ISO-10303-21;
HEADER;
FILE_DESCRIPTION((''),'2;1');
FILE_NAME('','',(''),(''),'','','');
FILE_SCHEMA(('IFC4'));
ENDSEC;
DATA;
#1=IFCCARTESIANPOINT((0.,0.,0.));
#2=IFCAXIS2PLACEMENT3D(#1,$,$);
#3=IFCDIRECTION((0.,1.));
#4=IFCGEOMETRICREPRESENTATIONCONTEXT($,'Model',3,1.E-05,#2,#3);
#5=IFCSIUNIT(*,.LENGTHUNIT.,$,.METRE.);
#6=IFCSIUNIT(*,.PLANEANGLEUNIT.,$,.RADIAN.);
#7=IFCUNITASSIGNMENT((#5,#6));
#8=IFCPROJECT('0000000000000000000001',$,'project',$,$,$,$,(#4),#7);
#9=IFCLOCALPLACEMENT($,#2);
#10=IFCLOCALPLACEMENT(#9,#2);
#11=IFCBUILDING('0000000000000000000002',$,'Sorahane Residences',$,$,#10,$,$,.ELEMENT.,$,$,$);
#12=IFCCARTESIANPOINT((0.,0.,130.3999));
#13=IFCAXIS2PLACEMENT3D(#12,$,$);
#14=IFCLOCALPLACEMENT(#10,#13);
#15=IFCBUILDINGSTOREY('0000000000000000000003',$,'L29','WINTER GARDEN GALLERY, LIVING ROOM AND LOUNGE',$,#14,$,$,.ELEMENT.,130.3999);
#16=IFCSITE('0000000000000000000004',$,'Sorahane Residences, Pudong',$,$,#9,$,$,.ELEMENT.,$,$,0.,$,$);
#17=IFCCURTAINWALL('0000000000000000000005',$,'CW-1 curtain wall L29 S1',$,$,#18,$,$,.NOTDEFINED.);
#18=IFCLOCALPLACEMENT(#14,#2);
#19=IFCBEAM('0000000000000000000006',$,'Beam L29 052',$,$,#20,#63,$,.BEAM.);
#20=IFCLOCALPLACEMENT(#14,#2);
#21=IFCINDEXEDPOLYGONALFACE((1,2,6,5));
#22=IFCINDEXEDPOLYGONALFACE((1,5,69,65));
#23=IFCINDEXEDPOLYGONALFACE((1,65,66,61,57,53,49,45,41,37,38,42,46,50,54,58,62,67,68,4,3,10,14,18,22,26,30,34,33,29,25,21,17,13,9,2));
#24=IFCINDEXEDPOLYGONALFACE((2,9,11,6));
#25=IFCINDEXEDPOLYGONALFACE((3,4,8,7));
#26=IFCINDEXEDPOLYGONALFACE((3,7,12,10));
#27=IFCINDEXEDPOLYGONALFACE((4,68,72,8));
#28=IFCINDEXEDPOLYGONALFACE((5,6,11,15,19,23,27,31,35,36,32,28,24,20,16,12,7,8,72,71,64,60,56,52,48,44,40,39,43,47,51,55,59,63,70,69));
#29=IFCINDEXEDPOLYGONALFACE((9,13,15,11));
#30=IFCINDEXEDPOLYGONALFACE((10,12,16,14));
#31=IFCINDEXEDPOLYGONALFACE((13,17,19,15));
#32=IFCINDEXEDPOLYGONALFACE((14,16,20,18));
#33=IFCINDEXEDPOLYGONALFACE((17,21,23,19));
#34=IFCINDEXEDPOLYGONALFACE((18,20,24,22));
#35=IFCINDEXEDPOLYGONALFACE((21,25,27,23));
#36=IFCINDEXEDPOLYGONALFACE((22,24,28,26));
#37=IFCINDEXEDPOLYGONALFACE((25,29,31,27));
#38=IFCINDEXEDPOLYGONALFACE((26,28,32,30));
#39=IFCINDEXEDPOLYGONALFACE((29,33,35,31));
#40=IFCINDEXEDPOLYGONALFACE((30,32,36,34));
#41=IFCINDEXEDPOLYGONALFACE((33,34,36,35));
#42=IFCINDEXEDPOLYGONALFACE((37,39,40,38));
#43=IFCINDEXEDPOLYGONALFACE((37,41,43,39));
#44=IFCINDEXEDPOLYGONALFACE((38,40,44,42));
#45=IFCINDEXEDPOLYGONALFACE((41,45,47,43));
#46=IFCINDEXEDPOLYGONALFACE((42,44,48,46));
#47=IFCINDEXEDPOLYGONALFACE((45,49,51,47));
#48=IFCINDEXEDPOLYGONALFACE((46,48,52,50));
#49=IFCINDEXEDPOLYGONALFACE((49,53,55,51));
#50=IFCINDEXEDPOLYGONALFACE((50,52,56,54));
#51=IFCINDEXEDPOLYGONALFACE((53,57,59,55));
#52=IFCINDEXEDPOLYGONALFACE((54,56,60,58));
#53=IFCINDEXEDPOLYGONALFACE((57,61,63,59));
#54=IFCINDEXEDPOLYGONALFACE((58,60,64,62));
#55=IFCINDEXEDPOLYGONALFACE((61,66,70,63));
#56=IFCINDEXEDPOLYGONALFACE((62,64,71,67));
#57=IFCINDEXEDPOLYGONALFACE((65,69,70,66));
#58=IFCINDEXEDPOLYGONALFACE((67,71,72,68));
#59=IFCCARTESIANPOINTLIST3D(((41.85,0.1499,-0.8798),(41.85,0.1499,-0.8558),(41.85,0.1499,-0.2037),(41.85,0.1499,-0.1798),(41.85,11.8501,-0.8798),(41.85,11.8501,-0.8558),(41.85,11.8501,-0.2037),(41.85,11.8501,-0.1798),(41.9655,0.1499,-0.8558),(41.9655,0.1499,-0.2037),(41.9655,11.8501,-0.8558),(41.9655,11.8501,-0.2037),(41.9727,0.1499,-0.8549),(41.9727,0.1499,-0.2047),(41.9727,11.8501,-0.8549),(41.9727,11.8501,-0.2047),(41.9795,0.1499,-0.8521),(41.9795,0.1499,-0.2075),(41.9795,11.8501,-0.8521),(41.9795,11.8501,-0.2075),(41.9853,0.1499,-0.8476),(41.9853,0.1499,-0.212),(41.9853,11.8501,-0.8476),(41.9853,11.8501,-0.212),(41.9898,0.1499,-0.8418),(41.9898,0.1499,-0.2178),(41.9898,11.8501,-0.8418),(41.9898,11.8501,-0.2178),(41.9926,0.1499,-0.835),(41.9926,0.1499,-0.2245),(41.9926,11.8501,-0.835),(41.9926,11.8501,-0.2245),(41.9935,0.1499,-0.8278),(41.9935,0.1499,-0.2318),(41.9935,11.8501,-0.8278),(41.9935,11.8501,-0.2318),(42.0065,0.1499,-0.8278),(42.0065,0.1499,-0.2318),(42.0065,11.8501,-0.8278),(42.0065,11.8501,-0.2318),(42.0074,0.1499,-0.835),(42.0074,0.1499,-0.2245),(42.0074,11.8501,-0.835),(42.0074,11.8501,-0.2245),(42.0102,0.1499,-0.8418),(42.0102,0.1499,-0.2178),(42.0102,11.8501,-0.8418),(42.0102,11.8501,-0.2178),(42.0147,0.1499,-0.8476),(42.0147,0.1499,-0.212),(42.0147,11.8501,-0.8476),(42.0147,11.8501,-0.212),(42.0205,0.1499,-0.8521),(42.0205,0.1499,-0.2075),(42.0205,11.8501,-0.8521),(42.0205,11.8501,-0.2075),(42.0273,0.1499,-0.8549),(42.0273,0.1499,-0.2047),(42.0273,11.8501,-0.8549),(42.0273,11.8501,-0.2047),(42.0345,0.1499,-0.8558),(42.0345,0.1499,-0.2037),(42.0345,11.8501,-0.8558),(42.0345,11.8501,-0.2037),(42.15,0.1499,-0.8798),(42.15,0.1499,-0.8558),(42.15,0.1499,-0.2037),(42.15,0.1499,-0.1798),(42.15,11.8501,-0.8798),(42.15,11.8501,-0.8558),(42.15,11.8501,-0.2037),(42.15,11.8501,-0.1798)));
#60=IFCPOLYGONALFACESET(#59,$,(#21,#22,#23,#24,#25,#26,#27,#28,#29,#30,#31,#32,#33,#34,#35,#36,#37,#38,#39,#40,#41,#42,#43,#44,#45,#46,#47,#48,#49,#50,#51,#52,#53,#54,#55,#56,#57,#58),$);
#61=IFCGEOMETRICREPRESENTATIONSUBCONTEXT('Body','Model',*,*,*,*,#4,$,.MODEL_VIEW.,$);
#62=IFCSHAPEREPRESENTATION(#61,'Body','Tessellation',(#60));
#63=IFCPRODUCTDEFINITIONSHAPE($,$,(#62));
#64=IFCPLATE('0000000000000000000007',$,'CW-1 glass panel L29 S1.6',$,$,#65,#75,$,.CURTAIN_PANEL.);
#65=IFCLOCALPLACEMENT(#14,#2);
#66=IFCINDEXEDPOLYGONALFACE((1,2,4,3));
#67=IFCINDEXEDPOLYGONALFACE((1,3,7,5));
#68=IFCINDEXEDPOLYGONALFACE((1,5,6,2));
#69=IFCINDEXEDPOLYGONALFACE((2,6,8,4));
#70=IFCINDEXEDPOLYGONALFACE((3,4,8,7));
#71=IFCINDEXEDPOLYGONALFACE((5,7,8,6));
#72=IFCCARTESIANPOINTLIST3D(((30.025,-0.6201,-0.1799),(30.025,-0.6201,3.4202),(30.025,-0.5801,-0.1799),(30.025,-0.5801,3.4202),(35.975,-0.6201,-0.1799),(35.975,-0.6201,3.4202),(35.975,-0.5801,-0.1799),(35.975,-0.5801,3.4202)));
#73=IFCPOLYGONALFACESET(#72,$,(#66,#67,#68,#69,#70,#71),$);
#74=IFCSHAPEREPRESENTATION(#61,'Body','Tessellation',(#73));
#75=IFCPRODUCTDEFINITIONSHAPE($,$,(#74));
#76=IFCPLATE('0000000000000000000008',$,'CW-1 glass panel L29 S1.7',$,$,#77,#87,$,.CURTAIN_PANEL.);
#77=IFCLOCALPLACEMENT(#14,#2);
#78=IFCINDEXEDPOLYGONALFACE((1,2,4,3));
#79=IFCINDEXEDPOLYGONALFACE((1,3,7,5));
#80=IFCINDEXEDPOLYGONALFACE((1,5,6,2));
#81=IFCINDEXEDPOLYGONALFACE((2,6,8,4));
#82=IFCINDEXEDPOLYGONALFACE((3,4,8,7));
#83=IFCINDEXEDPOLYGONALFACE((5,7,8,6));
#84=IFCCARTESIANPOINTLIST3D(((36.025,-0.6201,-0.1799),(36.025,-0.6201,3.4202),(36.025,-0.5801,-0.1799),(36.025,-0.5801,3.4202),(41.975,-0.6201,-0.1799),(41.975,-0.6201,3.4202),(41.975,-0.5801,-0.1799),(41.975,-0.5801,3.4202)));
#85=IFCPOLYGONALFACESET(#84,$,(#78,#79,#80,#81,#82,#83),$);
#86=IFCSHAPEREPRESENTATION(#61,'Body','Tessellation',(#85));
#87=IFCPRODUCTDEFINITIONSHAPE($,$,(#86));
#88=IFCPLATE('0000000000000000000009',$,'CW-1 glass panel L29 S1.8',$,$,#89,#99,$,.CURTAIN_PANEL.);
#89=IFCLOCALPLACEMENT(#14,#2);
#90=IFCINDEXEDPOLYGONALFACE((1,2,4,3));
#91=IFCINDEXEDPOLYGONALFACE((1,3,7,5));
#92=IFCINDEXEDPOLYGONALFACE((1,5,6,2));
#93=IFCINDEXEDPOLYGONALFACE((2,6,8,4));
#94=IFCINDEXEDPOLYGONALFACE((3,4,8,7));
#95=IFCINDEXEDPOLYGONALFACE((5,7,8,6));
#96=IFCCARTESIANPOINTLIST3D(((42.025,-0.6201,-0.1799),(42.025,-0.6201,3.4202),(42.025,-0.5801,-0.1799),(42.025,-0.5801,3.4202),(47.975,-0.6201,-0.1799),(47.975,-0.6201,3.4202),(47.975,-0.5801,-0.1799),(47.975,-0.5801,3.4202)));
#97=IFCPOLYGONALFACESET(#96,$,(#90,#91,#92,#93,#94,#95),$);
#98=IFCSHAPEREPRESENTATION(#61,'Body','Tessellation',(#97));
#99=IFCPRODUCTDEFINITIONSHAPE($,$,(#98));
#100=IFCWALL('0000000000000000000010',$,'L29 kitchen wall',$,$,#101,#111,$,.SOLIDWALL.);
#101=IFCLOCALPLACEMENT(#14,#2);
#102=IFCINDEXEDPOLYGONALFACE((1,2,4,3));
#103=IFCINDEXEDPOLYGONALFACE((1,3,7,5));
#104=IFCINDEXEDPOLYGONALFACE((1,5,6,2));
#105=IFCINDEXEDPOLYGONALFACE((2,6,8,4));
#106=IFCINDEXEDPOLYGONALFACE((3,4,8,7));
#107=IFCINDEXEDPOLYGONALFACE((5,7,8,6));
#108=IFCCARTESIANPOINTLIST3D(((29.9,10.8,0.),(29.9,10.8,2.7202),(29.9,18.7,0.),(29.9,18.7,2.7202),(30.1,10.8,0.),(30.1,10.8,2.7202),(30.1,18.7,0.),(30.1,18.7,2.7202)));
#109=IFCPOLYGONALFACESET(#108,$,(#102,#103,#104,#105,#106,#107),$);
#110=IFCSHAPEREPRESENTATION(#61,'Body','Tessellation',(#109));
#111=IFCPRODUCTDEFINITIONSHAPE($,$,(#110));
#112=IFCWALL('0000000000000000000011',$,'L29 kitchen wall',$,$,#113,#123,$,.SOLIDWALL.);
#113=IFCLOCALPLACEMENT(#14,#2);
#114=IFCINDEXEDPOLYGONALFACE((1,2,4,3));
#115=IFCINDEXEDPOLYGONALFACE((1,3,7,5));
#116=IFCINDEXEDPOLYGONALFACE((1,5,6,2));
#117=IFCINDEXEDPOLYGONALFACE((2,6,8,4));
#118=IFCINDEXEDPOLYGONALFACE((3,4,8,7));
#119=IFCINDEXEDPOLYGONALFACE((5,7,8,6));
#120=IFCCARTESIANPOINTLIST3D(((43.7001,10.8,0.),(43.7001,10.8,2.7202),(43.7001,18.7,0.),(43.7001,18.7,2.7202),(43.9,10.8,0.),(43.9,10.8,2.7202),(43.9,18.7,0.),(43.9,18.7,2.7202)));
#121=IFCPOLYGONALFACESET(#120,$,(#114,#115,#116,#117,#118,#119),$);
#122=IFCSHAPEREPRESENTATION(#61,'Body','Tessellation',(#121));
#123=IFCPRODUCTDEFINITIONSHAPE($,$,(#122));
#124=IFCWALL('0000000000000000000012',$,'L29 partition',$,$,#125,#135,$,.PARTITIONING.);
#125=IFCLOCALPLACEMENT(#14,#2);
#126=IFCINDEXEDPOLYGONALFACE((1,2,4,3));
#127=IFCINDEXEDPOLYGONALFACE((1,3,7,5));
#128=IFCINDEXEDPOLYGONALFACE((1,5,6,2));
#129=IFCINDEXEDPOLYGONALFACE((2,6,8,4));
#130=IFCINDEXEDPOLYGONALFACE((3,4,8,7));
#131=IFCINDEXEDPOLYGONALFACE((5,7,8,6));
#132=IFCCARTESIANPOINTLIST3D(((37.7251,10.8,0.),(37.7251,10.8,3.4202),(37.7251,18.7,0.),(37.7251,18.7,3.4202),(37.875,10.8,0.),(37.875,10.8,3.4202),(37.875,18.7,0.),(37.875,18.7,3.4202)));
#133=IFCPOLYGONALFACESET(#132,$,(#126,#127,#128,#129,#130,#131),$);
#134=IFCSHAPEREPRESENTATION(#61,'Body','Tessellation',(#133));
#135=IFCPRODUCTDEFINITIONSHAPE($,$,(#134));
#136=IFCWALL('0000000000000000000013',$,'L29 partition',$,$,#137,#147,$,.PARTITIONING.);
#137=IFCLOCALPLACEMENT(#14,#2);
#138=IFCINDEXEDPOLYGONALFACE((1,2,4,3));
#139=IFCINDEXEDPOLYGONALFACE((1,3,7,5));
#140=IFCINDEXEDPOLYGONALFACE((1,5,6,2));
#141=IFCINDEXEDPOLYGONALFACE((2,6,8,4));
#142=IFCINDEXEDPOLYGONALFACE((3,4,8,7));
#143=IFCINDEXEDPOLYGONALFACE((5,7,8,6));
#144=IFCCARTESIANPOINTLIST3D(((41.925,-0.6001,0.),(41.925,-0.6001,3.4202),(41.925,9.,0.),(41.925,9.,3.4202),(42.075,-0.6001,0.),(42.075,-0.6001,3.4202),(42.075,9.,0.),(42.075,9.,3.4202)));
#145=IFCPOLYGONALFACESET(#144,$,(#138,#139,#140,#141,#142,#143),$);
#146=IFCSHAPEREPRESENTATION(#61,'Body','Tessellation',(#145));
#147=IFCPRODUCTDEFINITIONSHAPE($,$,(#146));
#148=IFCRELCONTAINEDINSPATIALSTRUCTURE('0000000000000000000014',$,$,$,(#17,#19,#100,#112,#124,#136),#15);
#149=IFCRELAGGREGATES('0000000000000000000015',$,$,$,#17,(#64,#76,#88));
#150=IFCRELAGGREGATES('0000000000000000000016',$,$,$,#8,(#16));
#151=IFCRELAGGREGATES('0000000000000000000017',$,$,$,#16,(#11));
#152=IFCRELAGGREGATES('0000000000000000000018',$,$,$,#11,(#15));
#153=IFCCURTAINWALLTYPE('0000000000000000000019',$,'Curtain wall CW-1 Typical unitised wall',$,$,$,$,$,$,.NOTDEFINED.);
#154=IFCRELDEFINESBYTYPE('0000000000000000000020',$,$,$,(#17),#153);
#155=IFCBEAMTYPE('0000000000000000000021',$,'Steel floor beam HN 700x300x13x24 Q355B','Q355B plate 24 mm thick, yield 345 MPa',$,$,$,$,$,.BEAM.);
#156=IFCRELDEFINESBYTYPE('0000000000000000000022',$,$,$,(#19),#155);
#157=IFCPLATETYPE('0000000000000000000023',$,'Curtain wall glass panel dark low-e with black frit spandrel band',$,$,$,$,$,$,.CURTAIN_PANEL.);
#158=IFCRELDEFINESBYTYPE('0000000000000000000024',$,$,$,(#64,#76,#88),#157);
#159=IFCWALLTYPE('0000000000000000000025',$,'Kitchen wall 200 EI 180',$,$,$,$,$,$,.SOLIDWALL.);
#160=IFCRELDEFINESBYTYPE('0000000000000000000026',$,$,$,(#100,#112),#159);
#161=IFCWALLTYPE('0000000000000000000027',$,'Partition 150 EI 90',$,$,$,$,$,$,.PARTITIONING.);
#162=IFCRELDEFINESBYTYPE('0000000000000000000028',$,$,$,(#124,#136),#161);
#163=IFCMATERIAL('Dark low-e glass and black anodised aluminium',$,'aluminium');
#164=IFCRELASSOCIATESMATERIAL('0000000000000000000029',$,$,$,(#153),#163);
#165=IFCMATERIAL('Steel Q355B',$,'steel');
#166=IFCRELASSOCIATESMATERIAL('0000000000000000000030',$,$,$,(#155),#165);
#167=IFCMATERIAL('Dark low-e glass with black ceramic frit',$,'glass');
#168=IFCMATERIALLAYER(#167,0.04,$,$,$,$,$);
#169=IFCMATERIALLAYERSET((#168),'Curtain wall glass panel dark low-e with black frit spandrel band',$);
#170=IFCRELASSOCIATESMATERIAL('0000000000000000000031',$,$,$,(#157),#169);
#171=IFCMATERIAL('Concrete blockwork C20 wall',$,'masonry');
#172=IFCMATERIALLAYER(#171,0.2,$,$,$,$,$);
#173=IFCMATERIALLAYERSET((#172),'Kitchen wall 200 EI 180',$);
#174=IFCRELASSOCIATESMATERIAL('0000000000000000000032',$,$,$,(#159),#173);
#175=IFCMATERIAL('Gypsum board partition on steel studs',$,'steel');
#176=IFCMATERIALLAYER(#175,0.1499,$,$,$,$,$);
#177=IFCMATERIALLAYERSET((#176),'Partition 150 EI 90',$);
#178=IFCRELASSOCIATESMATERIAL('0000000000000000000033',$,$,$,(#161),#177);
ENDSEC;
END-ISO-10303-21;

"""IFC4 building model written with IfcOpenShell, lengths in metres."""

from ifc_helpers import new_model, si_unit, direction, frame, frame_2d, origin, origin_2d, place, context, subcontext, project, spatial, rectangle, i_section, extrude, material, layer, layer_set, material_profile, profile_set, type_object, element, aggregate, save


model = new_model("IFC4")

# Units and contexts
model_context = context("Model", 3, precision=1e-05, world=origin(), true_north=direction((0.0, 1.0)))
body_context = subcontext(model_context, "Body", "Model", "MODEL_VIEW")
ifc_project = project(units=[si_unit("LENGTHUNIT", "METRE"), si_unit("PLANEANGLEUNIT", "RADIAN")], contexts=[model_context])

# Site, building, storey
site_placement = place(None, origin())
site = spatial("IfcSite", under=ifc_project, at=site_placement, Name="Sorahane Residences, Pudong", CompositionType="ELEMENT", RefElevation=0.0)
building_placement = place(site_placement, origin())
building = spatial("IfcBuilding", under=site, at=building_placement, Name="Sorahane Residences", CompositionType="ELEMENT")
storey_placement = place(building_placement, frame((0.0, 0.0, 130.3999)))
storey = spatial("IfcBuildingStorey", under=building, at=storey_placement, Name="L29", Description="WINTER GARDEN GALLERY, LIVING ROOM AND LOUNGE", CompositionType="ELEMENT", Elevation=130.3999)

# Curtain wall
ifc_material_1 = material(Name="Dark low-e glass and black anodised aluminium", Category="aluminium")
curtain_wall_type = type_object("IfcCurtainWallType", Name="Curtain wall CW-1 Typical unitised wall", PredefinedType="NOTDEFINED", material=ifc_material_1)
curtain_wall_placement = place(storey_placement, origin())
curtain_wall = element("IfcCurtainWall", 1, at=curtain_wall_placement, inside=storey, type_object=curtain_wall_type, Name="CW-1 curtain wall L29 S1", PredefinedType="NOTDEFINED")

# Beam
ifc_material_2 = material(Name="Steel Q355B", Category="steel")
ifc_material_profile_1 = material_profile(ifc_material_2, i_section(OverallWidth=0.3, OverallDepth=0.7, WebThickness=0.0129, FlangeThickness=0.0239, FilletRadius=0.0281, at=origin_2d()), Name="HN 700x300x13x24")
ifc_profile_set_1 = profile_set([ifc_material_profile_1], Name="Steel Q355B")
beam_type_1 = type_object("IfcBeamType", Name="Steel floor beam HN 700x300x13x24 Q355B", Description="Q355B plate 24 mm thick, yield 345 MPa", PredefinedType="BEAM", material=ifc_profile_set_1)
beam_1_placement = place(storey_placement, frame((42.0, 0.1499, -0.5298), z_axis=(0.0, 1.0, 0.0), x_axis=(-1.0, 0.0, 0.0)))
element("IfcBeam", 2, at=beam_1_placement, inside=storey, type_object=beam_type_1, Name="Beam L29 052", PredefinedType="BEAM", context=body_context, shape_type="SweptSolid", body=[
    extrude(i_section(OverallWidth=0.3, OverallDepth=0.7, WebThickness=0.0129, FlangeThickness=0.0239, FilletRadius=0.0281, at=origin_2d()), origin(), (0.0, 0.0, 1.0), 11.7002),
])

# Plates
ifc_material_3 = material(Name="Dark low-e glass with black ceramic frit", Category="glass")
ifc_layer_1 = layer(ifc_material_3, 0.04)
ifc_layer_set_1 = layer_set([ifc_layer_1], Name="Curtain wall glass panel dark low-e with black frit spandrel band")
plate_type = type_object("IfcPlateType", Name="Curtain wall glass panel dark low-e with black frit spandrel band", PredefinedType="CURTAIN_PANEL", material=ifc_layer_set_1)
plate_1_placement = place(storey_placement, frame((33.0, -0.6001, -0.1799), z_axis=(0.0, 0.0, 1.0), x_axis=(1.0, 0.0, 0.0)))
plate_1 = element("IfcPlate", 3, at=plate_1_placement, type_object=plate_type, Name="CW-1 glass panel L29 S1.6", PredefinedType="CURTAIN_PANEL", context=body_context, shape_type="SweptSolid", body=[
    extrude(rectangle(XDim=5.95, YDim=0.04, at=origin_2d()), origin(), (0.0, 0.0, 1.0), 3.6001),
])
plate_2_placement = place(storey_placement, frame((39.0, -0.6001, -0.1799), z_axis=(0.0, 0.0, 1.0), x_axis=(1.0, 0.0, 0.0)))
plate_2 = element("IfcPlate", 4, at=plate_2_placement, type_object=plate_type, Name="CW-1 glass panel L29 S1.7", PredefinedType="CURTAIN_PANEL", context=body_context, shape_type="SweptSolid", body=[
    extrude(rectangle(XDim=5.95, YDim=0.04, at=origin_2d()), origin(), (0.0, 0.0, 1.0), 3.6001),
])
plate_3_placement = place(storey_placement, frame((45.0, -0.6001, -0.1799), z_axis=(0.0, 0.0, 1.0), x_axis=(1.0, 0.0, 0.0)))
plate_3 = element("IfcPlate", 5, at=plate_3_placement, type_object=plate_type, Name="CW-1 glass panel L29 S1.8", PredefinedType="CURTAIN_PANEL", context=body_context, shape_type="SweptSolid", body=[
    extrude(rectangle(XDim=5.95, YDim=0.04, at=origin_2d()), origin(), (0.0, 0.0, 1.0), 3.6001),
])
aggregate(curtain_wall, [plate_1, plate_2, plate_3])

# Walls
ifc_material_4 = material(Name="Concrete blockwork C20 wall", Category="masonry")
ifc_layer_2 = layer(ifc_material_4, 0.2)
ifc_layer_set_2 = layer_set([ifc_layer_2], Name="Kitchen wall 200 EI 180")
wall_type_1 = type_object("IfcWallType", Name="Kitchen wall 200 EI 180", PredefinedType="SOLIDWALL", material=ifc_layer_set_2)
for number, where, z_axis, x_axis, name in (
    (6, (30.0, 10.8, 0.0), (0.0, 0.0, 1.0), (0.0, 1.0, 0.0), "L29 kitchen wall"),
    (7, (43.8, 10.8, 0.0), (0.0, 0.0, 1.0), (0.0, 1.0, 0.0), "L29 kitchen wall"),
):
    element("IfcWall", number, at=place(storey_placement, frame(where, z_axis=z_axis, x_axis=x_axis)), inside=storey, type_object=wall_type_1, Name=name, PredefinedType="SOLIDWALL", context=body_context, shape_type="SweptSolid", body=[
        extrude(rectangle(XDim=7.8999, YDim=0.2, at=frame_2d((3.95, 0.0))), origin(), (0.0, 0.0, 1.0), 2.7202),
    ])
ifc_material_5 = material(Name="Gypsum board partition on steel studs", Category="steel")
ifc_layer_3 = layer(ifc_material_5, 0.1499)
ifc_layer_set_3 = layer_set([ifc_layer_3], Name="Partition 150 EI 90")
wall_type_2 = type_object("IfcWallType", Name="Partition 150 EI 90", PredefinedType="PARTITIONING", material=ifc_layer_set_3)
wall_1_placement = place(storey_placement, frame((37.8, 10.8, 0.0), z_axis=(0.0, 0.0, 1.0), x_axis=(0.0, 1.0, 0.0)))
element("IfcWall", 8, at=wall_1_placement, inside=storey, type_object=wall_type_2, Name="L29 partition", PredefinedType="PARTITIONING", context=body_context, shape_type="SweptSolid", body=[
    extrude(rectangle(XDim=7.8999, YDim=0.1499, at=frame_2d((3.95, 0.0))), origin(), (0.0, 0.0, 1.0), 3.4202),
])
wall_2_placement = place(storey_placement, frame((42.0, -0.6001, 0.0), z_axis=(0.0, 0.0, 1.0), x_axis=(0.0, 1.0, 0.0)))
element("IfcWall", 9, at=wall_2_placement, inside=storey, type_object=wall_type_2, Name="L29 partition", PredefinedType="PARTITIONING", context=body_context, shape_type="SweptSolid", body=[
    extrude(rectangle(XDim=9.6001, YDim=0.1499, at=frame_2d((4.8, 0.0))), origin(), (0.0, 0.0, 1.0), 3.4202),
])

save(model, "model.ifc")
